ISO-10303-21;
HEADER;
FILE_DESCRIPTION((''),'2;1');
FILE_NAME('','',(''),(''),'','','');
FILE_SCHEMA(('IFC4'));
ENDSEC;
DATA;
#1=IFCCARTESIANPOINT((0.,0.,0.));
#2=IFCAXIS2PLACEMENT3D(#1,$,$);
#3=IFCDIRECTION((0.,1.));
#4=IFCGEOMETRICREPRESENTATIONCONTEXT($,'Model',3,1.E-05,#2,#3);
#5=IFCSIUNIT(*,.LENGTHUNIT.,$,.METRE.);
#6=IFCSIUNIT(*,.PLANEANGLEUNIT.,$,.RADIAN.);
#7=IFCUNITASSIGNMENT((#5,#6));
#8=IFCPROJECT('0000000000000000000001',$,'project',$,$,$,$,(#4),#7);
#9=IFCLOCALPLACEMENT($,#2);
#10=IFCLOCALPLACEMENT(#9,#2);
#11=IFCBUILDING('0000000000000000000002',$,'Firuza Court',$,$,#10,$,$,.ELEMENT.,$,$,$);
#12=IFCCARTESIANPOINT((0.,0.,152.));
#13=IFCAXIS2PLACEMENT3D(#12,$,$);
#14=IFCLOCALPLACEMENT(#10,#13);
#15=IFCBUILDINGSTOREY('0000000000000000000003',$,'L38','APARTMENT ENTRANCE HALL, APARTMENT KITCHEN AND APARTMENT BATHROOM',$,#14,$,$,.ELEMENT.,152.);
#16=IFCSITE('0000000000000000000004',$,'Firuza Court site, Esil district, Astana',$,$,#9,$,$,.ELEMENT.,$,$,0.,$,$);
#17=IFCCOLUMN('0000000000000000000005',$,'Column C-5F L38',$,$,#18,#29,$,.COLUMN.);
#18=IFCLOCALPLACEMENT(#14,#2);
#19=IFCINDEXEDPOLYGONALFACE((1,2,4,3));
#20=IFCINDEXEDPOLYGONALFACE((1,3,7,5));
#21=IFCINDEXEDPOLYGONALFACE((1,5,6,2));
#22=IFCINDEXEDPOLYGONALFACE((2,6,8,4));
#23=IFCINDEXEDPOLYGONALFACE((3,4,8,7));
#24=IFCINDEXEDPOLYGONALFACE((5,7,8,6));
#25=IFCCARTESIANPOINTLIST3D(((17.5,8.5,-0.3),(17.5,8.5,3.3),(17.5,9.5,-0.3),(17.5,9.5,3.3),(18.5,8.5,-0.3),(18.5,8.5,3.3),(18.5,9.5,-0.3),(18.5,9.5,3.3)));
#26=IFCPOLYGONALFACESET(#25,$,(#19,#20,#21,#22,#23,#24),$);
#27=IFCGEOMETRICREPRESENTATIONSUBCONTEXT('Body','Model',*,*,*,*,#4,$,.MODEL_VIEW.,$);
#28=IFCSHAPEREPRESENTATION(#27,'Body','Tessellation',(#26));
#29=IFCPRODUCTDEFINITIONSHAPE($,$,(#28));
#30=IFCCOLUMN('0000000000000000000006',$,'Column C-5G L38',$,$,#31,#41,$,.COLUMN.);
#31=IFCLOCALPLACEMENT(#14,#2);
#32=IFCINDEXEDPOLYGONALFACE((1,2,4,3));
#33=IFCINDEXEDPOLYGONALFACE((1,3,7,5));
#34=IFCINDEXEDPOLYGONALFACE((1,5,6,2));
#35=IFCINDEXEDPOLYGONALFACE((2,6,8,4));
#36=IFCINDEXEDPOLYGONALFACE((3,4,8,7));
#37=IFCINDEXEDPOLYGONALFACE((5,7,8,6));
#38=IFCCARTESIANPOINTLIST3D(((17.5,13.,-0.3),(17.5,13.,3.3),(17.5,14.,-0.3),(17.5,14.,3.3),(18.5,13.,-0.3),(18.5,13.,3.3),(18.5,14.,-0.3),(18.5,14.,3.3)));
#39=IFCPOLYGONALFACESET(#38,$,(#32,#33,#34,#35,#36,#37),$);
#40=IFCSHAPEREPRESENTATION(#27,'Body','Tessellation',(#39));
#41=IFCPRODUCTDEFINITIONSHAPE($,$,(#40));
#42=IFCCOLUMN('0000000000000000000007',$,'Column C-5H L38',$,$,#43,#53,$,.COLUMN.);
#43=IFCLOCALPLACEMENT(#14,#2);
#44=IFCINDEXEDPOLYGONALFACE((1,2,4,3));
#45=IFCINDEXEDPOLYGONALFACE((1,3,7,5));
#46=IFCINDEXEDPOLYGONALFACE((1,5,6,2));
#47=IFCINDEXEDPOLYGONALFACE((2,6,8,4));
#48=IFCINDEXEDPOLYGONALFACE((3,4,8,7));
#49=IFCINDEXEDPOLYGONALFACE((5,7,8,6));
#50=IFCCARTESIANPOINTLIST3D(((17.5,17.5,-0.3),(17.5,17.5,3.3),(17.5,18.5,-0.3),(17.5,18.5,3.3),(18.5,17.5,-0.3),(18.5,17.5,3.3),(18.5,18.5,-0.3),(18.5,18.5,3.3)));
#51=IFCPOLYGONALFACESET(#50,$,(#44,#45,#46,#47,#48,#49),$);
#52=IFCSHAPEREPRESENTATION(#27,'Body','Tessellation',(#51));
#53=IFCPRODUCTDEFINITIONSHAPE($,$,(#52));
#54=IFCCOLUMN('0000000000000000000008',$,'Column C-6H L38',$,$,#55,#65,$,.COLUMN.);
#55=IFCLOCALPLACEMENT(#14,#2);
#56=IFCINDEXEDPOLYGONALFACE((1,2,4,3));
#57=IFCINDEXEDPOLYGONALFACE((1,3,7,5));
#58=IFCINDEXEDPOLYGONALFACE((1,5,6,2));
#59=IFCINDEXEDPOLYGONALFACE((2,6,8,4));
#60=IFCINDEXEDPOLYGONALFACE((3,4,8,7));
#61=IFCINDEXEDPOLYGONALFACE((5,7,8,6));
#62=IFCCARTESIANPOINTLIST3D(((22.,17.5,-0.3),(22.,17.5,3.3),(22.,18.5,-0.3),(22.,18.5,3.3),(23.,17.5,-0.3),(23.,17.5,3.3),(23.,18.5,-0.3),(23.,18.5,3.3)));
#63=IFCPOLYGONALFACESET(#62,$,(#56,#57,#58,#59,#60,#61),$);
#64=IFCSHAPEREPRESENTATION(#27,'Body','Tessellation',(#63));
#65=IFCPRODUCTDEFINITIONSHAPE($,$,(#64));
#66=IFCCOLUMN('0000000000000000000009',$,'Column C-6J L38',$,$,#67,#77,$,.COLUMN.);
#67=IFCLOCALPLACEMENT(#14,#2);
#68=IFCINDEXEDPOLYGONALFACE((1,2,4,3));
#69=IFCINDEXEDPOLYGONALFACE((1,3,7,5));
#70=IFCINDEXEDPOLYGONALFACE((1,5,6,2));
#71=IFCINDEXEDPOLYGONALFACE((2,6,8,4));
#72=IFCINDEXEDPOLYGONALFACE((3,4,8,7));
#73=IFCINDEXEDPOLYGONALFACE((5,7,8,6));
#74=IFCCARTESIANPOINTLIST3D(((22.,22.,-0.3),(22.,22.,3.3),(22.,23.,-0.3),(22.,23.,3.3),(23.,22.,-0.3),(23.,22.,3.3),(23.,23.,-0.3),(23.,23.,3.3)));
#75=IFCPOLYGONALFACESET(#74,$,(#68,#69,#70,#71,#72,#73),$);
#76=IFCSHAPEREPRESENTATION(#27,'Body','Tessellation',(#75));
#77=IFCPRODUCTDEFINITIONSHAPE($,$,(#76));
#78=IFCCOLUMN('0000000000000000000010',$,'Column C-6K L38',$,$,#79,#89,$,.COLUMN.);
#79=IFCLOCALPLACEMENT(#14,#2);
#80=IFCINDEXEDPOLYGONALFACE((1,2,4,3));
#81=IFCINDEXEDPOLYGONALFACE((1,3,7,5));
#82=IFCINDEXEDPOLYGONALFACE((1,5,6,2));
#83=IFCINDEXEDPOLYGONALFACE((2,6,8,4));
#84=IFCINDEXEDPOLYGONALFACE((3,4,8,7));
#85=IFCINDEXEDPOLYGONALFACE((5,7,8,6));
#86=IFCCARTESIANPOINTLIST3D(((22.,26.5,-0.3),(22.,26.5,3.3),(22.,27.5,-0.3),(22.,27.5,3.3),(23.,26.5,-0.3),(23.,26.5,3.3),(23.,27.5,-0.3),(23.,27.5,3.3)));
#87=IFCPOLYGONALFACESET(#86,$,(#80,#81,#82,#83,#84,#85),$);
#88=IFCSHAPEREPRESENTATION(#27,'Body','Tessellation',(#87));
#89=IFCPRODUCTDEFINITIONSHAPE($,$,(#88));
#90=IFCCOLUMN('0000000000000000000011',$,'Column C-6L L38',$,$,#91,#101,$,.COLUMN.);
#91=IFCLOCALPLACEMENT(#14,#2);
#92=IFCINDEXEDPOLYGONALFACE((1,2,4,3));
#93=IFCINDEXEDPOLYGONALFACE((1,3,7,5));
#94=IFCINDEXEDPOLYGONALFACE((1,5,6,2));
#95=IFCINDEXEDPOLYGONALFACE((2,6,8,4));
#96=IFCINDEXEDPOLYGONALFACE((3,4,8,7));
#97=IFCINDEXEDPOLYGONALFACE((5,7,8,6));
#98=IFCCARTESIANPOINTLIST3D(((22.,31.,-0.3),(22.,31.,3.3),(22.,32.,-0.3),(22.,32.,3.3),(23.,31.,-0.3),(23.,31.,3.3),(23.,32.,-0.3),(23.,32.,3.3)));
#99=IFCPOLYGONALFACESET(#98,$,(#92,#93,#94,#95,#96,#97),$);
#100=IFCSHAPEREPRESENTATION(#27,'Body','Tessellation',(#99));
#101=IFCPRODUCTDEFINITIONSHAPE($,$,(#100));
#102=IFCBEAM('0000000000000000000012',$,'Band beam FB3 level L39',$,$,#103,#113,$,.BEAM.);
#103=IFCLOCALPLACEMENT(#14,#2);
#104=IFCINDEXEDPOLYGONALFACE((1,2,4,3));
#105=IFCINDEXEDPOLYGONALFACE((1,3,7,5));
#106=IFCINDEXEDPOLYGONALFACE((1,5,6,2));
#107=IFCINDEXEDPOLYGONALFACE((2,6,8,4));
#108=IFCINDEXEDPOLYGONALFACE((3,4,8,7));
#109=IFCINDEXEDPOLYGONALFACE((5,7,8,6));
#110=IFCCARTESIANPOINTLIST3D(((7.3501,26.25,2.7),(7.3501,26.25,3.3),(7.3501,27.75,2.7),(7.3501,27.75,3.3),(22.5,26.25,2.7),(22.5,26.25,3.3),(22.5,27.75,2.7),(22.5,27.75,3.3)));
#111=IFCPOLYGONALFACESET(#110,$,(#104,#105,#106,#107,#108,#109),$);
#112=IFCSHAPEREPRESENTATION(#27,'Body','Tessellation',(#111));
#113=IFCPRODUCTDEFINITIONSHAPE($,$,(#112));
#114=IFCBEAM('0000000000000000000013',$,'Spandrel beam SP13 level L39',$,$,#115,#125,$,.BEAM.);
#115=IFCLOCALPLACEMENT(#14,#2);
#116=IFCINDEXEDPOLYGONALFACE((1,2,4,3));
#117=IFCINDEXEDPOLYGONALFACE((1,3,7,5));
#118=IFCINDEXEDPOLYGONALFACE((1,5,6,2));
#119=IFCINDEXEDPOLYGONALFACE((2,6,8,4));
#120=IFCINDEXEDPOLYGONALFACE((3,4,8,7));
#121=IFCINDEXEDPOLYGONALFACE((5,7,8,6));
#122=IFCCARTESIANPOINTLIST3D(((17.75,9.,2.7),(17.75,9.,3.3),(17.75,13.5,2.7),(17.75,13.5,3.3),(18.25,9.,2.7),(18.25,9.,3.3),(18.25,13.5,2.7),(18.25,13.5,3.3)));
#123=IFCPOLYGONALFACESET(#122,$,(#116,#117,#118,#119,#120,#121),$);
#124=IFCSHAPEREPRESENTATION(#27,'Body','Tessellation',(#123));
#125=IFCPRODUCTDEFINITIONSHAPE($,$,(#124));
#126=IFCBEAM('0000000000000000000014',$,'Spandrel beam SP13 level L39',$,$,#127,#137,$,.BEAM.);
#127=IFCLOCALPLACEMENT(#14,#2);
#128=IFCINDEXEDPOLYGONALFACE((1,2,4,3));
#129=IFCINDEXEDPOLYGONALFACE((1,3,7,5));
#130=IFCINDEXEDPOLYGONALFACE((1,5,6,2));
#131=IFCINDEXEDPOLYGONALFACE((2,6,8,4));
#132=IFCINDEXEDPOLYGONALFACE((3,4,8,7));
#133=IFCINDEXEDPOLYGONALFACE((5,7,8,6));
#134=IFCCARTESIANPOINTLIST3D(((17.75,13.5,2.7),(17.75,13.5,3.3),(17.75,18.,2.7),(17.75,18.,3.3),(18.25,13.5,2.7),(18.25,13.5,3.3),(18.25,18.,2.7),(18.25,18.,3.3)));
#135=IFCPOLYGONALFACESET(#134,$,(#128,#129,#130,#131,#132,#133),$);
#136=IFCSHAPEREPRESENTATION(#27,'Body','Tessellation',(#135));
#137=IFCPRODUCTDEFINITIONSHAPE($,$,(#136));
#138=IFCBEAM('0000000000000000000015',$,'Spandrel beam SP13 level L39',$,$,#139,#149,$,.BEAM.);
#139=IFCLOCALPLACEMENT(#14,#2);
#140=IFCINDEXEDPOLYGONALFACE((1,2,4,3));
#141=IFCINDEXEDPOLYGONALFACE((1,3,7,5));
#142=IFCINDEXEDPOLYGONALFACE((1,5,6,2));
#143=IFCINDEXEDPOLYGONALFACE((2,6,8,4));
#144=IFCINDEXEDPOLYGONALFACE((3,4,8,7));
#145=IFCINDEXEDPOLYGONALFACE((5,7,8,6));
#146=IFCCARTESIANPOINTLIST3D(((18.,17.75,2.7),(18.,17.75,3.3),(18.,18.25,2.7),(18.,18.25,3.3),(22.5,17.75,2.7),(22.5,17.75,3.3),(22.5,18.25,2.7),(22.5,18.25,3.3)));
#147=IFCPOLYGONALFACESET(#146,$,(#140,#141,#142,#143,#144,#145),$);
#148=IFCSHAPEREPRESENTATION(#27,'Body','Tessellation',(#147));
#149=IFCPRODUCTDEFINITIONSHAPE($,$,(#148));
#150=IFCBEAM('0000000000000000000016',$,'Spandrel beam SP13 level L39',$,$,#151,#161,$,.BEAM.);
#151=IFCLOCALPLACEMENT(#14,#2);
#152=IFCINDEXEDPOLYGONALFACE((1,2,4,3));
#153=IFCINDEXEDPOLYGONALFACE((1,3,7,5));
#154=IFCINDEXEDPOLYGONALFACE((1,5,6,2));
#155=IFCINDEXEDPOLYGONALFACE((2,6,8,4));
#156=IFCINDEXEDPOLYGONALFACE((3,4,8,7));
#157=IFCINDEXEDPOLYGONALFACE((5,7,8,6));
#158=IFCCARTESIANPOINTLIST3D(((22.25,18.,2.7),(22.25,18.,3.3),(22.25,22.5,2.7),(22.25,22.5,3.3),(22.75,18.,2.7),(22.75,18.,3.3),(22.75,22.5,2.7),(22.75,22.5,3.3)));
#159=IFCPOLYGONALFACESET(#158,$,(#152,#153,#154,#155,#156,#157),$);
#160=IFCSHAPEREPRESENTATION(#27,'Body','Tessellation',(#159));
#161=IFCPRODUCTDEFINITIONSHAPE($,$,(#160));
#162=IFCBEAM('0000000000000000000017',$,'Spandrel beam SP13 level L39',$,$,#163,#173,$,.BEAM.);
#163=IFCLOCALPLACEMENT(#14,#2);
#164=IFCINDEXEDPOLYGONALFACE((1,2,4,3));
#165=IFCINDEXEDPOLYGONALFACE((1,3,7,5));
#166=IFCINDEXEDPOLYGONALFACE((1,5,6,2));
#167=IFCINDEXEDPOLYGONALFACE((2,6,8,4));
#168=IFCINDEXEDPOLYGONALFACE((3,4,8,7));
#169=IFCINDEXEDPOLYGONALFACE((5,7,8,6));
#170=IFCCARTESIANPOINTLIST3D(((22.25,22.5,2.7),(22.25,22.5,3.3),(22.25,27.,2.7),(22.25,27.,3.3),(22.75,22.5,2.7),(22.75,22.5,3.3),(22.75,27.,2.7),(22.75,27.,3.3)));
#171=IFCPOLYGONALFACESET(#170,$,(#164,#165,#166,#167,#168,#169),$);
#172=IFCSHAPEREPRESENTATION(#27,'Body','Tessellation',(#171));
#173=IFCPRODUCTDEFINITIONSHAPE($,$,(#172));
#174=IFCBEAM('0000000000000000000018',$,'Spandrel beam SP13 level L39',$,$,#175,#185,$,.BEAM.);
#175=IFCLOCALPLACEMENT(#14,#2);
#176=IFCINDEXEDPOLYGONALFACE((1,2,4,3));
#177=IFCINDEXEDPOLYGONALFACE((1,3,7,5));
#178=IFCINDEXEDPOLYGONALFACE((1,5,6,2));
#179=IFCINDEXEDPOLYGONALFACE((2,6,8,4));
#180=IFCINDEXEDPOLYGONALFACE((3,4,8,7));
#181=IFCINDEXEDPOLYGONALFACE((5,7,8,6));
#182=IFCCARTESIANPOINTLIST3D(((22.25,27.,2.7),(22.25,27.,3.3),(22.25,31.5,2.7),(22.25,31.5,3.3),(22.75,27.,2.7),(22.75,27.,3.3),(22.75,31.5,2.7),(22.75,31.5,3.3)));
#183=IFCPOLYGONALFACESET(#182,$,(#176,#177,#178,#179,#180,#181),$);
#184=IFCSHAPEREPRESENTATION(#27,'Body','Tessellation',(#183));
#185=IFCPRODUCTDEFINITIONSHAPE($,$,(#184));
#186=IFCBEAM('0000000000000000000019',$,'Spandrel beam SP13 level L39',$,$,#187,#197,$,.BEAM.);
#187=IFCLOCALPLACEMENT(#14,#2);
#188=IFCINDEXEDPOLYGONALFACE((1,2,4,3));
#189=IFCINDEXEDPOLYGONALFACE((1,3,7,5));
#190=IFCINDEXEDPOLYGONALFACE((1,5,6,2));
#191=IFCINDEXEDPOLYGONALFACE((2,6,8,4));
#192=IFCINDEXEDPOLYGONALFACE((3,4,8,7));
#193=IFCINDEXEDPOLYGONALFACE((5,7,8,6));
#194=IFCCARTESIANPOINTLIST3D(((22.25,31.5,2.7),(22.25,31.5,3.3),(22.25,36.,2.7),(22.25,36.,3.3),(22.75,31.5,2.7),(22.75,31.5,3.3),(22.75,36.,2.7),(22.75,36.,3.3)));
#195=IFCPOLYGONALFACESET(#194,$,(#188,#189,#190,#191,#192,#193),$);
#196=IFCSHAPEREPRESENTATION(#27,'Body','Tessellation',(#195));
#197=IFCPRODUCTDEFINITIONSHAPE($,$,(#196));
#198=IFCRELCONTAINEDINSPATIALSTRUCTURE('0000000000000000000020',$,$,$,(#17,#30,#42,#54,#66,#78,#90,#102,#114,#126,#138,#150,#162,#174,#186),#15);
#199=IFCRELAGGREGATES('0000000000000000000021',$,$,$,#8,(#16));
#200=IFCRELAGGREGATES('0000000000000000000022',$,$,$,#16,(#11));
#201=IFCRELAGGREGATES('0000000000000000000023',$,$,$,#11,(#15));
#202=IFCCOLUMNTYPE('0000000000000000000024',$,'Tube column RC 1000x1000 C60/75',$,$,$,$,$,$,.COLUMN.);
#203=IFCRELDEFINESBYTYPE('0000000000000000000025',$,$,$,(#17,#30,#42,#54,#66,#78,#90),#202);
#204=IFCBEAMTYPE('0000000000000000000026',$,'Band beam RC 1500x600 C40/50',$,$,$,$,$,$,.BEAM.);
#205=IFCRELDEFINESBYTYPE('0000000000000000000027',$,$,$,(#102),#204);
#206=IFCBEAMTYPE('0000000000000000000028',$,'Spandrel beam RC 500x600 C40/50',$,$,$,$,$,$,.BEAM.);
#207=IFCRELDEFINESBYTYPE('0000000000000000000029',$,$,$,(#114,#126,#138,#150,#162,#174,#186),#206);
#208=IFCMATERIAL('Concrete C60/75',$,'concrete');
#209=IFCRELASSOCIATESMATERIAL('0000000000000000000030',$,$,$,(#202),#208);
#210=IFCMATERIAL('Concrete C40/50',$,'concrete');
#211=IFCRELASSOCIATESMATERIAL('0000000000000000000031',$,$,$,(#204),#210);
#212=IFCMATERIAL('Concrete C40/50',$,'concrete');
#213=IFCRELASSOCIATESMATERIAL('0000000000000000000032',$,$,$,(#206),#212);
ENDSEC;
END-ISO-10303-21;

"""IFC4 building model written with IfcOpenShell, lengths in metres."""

from ifc_helpers import new_model, si_unit, direction, frame, origin, origin_2d, place, context, subcontext, project, spatial, rectangle, extrude, material, material_profile, profile_set, type_object, element, save


model = new_model("IFC4")

# Units and contexts
model_context = context("Model", 3, precision=1e-05, world=origin(), true_north=direction((0.0, 1.0)))
body_context = subcontext(model_context, "Body", "Model", "MODEL_VIEW")
ifc_project = project(units=[si_unit("LENGTHUNIT", "METRE"), si_unit("PLANEANGLEUNIT", "RADIAN")], contexts=[model_context])

# Site, building, storey
site_placement = place(None, origin())
site = spatial("IfcSite", under=ifc_project, at=site_placement, Name="Firuza Court site, Esil district, Astana", CompositionType="ELEMENT", RefElevation=0.0)
building_placement = place(site_placement, origin())
building = spatial("IfcBuilding", under=site, at=building_placement, Name="Firuza Court", CompositionType="ELEMENT")
storey_placement = place(building_placement, frame((0.0, 0.0, 152.0)))
storey = spatial("IfcBuildingStorey", under=building, at=storey_placement, Name="L38", Description="APARTMENT ENTRANCE HALL, APARTMENT KITCHEN AND APARTMENT BATHROOM", CompositionType="ELEMENT", Elevation=152.0)

# Columns
ifc_material_1 = material(Name="Concrete C60/75", Category="concrete")
ifc_material_profile_1 = material_profile(ifc_material_1, rectangle(XDim=1.0, YDim=1.0, at=origin_2d()), Name="RC 1000x1000")
ifc_profile_set_1 = profile_set([ifc_material_profile_1], Name="Concrete C60/75")
column_type = type_object("IfcColumnType", Name="Tube column RC 1000x1000 C60/75", PredefinedType="COLUMN", material=ifc_profile_set_1)
for number, where, z_axis, x_axis, name in (
    (1, (18.0, 9.0, -0.3), (0.0, 0.0, 1.0), (1.0, 0.0, 0.0), "Column C-5F L38"),
    (2, (18.0, 13.5, -0.3), (0.0, 0.0, 1.0), (1.0, 0.0, 0.0), "Column C-5G L38"),
    (3, (18.0, 18.0, -0.3), (0.0, 0.0, 1.0), (1.0, 0.0, 0.0), "Column C-5H L38"),
    (4, (22.5, 18.0, -0.3), (0.0, 0.0, 1.0), (1.0, 0.0, 0.0), "Column C-6H L38"),
    (5, (22.5, 22.5, -0.3), (0.0, 0.0, 1.0), (1.0, 0.0, 0.0), "Column C-6J L38"),
    (6, (22.5, 27.0, -0.3), (0.0, 0.0, 1.0), (1.0, 0.0, 0.0), "Column C-6K L38"),
    (7, (22.5, 31.5, -0.3), (0.0, 0.0, 1.0), (1.0, 0.0, 0.0), "Column C-6L L38"),
):
    element("IfcColumn", number, at=place(storey_placement, frame(where, z_axis=z_axis, x_axis=x_axis)), inside=storey, type_object=column_type, Name=name, PredefinedType="COLUMN", context=body_context, shape_type="SweptSolid", body=[
        extrude(rectangle(XDim=1.0, YDim=1.0, at=origin_2d()), origin(), (0.0, 0.0, 1.0), 3.6001),
    ])

# Beams
ifc_material_2 = material(Name="Concrete C40/50", Category="concrete")
ifc_material_profile_2 = material_profile(ifc_material_2, rectangle(XDim=1.5, YDim=0.6001, at=origin_2d()), Name="RC 1500x600")
ifc_profile_set_2 = profile_set([ifc_material_profile_2], Name="Concrete C40/50")
beam_type_1 = type_object("IfcBeamType", Name="Band beam RC 1500x600 C40/50", PredefinedType="BEAM", material=ifc_profile_set_2)
beam_placement = place(storey_placement, frame((22.5, 27.0, 3.0), z_axis=(-1.0, 0.0, 0.0), x_axis=(0.0, -1.0, 0.0)))
element("IfcBeam", 8, at=beam_placement, inside=storey, type_object=beam_type_1, Name="Band beam FB3 level L39", PredefinedType="BEAM", context=body_context, shape_type="SweptSolid", body=[
    extrude(rectangle(XDim=1.5, YDim=0.6001, at=origin_2d()), origin(), (0.0, 0.0, 1.0), 15.1499),
])
ifc_material_3 = material(Name="Concrete C40/50", Category="concrete")
ifc_material_profile_3 = material_profile(ifc_material_3, rectangle(XDim=0.5, YDim=0.6001, at=origin_2d()), Name="RC 500x600")
ifc_profile_set_3 = profile_set([ifc_material_profile_3], Name="Concrete C40/50")
beam_type_2 = type_object("IfcBeamType", Name="Spandrel beam RC 500x600 C40/50", PredefinedType="BEAM", material=ifc_profile_set_3)
for number, where, z_axis, x_axis, name in (
    (9, (18.0, 9.0, 3.0), (0.0, 1.0, 0.0), (-1.0, 0.0, 0.0), "Spandrel beam SP13 level L39"),
    (10, (18.0, 13.5, 3.0), (0.0, 1.0, 0.0), (-1.0, 0.0, 0.0), "Spandrel beam SP13 level L39"),
    (11, (18.0, 18.0, 3.0), (1.0, 0.0, 0.0), (0.0, 1.0, 0.0), "Spandrel beam SP13 level L39"),
    (12, (22.5, 18.0, 3.0), (0.0, 1.0, 0.0), (-1.0, 0.0, 0.0), "Spandrel beam SP13 level L39"),
    (13, (22.5, 22.5, 3.0), (0.0, 1.0, 0.0), (-1.0, 0.0, 0.0), "Spandrel beam SP13 level L39"),
    (14, (22.5, 27.0, 3.0), (0.0, 1.0, 0.0), (-1.0, 0.0, 0.0), "Spandrel beam SP13 level L39"),
    (15, (22.5, 31.5, 3.0), (0.0, 1.0, 0.0), (-1.0, 0.0, 0.0), "Spandrel beam SP13 level L39"),
):
    element("IfcBeam", number, at=place(storey_placement, frame(where, z_axis=z_axis, x_axis=x_axis)), inside=storey, type_object=beam_type_2, Name=name, PredefinedType="BEAM", context=body_context, shape_type="SweptSolid", body=[
        extrude(rectangle(XDim=0.5, YDim=0.6001, at=origin_2d()), origin(), (0.0, 0.0, 1.0), 4.5),
    ])

save(model, "model.ifc")
